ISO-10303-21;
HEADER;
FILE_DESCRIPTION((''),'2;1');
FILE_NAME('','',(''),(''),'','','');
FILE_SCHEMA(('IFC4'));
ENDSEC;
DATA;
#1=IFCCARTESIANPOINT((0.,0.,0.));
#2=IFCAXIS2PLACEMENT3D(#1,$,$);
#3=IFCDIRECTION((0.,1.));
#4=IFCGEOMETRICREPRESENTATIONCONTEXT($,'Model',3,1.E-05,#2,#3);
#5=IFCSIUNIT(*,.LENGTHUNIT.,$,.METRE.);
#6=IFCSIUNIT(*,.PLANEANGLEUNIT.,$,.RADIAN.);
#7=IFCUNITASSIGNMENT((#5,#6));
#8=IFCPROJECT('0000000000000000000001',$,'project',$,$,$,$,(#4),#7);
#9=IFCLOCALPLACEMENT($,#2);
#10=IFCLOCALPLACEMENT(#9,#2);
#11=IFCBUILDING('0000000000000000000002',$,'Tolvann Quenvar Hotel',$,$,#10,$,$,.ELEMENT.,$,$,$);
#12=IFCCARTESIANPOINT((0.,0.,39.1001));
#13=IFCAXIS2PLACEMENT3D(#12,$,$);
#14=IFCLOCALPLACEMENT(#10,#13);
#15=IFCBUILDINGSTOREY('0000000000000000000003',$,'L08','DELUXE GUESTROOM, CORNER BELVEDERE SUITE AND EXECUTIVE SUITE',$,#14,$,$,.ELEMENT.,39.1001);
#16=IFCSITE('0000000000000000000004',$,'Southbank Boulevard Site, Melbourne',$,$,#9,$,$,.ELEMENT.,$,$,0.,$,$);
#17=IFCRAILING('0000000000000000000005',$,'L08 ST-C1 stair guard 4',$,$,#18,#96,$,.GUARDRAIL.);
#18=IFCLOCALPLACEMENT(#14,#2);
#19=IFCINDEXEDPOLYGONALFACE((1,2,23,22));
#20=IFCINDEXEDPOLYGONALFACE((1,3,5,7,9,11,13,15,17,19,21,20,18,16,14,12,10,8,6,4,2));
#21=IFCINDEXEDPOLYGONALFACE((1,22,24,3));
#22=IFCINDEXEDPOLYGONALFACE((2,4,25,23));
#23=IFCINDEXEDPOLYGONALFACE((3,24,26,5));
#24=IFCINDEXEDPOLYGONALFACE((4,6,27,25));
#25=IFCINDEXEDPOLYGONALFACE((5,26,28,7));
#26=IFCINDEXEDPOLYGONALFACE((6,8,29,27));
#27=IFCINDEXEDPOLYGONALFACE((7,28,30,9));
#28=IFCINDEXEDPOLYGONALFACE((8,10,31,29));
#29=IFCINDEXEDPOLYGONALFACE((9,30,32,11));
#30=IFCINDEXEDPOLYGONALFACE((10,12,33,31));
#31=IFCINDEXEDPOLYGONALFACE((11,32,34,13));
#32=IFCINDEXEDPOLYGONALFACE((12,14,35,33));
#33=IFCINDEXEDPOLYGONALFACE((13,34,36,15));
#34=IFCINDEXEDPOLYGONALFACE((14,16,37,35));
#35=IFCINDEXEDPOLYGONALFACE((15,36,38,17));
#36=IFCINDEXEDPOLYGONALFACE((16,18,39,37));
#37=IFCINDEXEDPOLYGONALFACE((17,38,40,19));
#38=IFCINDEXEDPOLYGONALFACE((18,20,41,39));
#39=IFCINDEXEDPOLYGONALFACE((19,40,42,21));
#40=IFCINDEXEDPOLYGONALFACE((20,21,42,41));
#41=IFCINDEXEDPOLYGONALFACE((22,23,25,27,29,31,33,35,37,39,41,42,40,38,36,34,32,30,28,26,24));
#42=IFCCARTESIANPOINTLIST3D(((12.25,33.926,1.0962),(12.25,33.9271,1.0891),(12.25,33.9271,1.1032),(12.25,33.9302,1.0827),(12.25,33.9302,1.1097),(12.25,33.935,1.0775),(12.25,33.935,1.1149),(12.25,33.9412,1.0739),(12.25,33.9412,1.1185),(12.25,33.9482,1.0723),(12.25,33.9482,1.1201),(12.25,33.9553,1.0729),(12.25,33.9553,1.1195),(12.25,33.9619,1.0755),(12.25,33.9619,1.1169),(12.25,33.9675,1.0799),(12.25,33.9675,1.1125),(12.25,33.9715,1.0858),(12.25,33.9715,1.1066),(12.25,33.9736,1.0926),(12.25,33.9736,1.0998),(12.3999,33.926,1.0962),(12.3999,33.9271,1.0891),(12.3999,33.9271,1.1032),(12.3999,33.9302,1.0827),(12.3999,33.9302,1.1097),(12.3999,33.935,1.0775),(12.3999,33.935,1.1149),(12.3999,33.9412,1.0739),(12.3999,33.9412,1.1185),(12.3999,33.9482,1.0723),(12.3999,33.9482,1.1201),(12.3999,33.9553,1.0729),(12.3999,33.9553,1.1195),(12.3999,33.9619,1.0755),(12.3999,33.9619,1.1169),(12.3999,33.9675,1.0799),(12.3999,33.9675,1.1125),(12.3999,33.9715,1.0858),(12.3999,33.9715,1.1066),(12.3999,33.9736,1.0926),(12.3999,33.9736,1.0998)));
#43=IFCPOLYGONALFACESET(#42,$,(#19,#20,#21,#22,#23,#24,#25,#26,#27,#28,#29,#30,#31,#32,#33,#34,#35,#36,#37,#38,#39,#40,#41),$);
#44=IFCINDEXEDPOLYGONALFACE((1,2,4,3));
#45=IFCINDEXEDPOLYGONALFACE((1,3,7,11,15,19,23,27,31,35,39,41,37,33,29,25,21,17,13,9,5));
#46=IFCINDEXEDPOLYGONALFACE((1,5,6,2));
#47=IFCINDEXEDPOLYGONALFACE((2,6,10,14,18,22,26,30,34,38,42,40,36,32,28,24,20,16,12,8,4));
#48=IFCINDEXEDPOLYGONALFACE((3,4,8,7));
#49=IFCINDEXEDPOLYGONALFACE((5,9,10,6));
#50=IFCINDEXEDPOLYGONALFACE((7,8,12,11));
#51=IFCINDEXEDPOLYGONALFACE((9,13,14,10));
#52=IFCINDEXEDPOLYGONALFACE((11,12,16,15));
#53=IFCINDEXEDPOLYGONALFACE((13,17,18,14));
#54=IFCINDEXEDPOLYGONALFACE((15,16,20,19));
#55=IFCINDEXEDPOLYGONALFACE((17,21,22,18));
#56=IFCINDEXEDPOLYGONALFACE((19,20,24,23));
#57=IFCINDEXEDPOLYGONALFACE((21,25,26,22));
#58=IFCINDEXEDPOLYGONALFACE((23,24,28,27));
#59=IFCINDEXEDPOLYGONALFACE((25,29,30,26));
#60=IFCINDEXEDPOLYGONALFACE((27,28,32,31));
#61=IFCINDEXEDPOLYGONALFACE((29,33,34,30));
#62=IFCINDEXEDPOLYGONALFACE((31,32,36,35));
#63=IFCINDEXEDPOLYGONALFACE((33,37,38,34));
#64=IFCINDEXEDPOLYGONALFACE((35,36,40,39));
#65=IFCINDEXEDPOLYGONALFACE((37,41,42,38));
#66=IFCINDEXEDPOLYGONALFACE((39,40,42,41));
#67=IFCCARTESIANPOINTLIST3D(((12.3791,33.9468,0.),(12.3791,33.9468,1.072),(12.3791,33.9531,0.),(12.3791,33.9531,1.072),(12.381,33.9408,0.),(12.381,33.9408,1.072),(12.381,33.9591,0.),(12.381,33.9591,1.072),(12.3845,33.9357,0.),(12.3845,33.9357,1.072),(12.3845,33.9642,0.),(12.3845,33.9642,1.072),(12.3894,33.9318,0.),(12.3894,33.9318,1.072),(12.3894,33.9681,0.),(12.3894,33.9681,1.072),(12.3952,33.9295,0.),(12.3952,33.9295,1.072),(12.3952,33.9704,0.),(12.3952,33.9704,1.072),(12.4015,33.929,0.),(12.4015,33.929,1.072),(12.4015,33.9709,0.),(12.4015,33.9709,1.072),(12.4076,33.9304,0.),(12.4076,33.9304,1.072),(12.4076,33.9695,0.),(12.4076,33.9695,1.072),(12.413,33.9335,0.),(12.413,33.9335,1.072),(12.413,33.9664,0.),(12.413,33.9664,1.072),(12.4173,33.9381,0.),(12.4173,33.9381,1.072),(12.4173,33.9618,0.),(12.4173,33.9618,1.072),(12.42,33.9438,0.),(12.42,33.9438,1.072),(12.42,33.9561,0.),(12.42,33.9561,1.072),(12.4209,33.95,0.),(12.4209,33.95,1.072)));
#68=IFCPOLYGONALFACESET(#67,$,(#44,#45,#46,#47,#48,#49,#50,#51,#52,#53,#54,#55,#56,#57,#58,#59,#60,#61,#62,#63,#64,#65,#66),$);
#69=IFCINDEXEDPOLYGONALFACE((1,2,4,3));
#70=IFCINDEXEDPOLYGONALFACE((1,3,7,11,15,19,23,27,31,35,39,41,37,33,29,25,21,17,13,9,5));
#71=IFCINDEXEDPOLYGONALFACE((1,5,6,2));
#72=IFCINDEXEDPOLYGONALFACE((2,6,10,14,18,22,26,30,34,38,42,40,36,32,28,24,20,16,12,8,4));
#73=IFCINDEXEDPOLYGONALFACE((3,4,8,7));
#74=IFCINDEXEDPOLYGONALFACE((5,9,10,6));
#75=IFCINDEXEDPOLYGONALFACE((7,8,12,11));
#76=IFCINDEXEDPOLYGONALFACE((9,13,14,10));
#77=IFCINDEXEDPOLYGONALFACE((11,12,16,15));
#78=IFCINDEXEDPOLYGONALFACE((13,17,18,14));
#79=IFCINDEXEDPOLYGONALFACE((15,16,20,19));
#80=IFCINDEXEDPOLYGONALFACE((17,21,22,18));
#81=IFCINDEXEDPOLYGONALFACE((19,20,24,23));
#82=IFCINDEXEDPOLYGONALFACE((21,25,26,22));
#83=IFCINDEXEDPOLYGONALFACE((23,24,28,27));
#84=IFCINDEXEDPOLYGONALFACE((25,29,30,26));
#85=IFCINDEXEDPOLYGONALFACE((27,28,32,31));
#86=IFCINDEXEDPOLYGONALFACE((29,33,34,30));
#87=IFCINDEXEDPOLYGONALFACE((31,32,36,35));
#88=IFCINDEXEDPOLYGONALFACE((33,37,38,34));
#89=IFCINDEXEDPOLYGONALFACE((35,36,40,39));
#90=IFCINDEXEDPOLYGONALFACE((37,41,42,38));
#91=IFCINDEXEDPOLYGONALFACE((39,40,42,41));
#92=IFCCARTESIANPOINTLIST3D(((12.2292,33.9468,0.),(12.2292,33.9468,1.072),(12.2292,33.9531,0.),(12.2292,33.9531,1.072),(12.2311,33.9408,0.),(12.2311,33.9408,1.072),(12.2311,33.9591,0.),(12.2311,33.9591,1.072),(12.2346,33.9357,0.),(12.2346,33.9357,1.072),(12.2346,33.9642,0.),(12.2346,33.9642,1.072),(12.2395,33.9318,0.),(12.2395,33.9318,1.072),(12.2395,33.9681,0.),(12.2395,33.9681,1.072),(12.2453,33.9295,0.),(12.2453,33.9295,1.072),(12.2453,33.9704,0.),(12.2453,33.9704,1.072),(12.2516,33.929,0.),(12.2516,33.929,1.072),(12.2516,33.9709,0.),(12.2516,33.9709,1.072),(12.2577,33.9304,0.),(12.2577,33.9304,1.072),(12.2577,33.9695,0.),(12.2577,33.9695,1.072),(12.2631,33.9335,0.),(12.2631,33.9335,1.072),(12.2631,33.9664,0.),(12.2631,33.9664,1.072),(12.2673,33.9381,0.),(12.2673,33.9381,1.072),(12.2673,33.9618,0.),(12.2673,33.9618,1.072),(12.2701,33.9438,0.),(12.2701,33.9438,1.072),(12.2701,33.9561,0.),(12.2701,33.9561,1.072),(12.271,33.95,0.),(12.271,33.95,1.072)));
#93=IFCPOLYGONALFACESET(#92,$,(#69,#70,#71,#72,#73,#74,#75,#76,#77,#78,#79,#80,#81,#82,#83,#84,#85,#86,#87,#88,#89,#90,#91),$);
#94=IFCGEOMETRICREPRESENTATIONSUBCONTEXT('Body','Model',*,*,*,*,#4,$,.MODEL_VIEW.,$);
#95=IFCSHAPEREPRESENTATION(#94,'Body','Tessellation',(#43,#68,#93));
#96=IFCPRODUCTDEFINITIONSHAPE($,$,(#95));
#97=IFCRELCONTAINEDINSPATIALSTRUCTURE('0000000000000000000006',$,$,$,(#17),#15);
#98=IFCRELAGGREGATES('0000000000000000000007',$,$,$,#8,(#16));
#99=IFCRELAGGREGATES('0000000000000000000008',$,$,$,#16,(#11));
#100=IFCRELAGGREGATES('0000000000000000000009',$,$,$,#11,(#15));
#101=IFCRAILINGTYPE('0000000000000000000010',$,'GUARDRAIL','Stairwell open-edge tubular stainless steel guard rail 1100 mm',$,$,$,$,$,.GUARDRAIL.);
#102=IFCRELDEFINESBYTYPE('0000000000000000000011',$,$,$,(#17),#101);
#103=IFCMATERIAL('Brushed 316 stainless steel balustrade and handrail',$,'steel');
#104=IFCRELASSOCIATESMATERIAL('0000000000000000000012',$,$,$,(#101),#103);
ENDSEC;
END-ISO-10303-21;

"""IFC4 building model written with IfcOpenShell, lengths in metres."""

from ifc_helpers import new_model, si_unit, direction, frame, origin, origin_2d, place, context, subcontext, project, spatial, circle, extrude, material, type_object, element, save


model = new_model("IFC4")

# Units and contexts
model_context = context("Model", 3, precision=1e-05, world=origin(), true_north=direction((0.0, 1.0)))
body_context = subcontext(model_context, "Body", "Model", "MODEL_VIEW")
ifc_project = project(units=[si_unit("LENGTHUNIT", "METRE"), si_unit("PLANEANGLEUNIT", "RADIAN")], contexts=[model_context])

# Site, building, storey
site_placement = place(None, origin())
site = spatial("IfcSite", under=ifc_project, at=site_placement, Name="Southbank Boulevard Site, Melbourne", CompositionType="ELEMENT", RefElevation=0.0)
building_placement = place(site_placement, origin())
building = spatial("IfcBuilding", under=site, at=building_placement, Name="Tolvann Quenvar Hotel", CompositionType="ELEMENT")
storey_placement = place(building_placement, frame((0.0, 0.0, 39.1001)))
storey = spatial("IfcBuildingStorey", under=building, at=storey_placement, Name="L08", Description="DELUXE GUESTROOM, CORNER BELVEDERE SUITE AND EXECUTIVE SUITE", CompositionType="ELEMENT", Elevation=39.1001)

# Railing
ifc_material_1 = material(Name="Brushed 316 stainless steel balustrade and handrail", Category="steel")
railing_type_1 = type_object("IfcRailingType", Name="GUARDRAIL", Description="Stairwell open-edge tubular stainless steel guard rail 1100 mm", PredefinedType="GUARDRAIL", material=ifc_material_1)
railing_1_placement = place(storey_placement, frame((12.3999, 33.95, 0.0)))
element("IfcRailing", 1, at=railing_1_placement, inside=storey, type_object=railing_type_1, Name="L08 ST-C1 stair guard 4", PredefinedType="GUARDRAIL", context=body_context, shape_type="SweptSolid", body=[
    extrude(circle(Radius=0.0239, at=origin_2d()), frame((0.0, 0.0, 1.0962), z_axis=(-1.0, 0.0, 0.0), x_axis=(0.0, -1.0, 0.0)), (0.0, 0.0, 1.0), 0.1499),
    extrude(circle(Radius=0.021, at=origin_2d()), origin(), (0.0, 0.0, 1.0), 1.072),
    extrude(circle(Radius=0.021, at=origin_2d()), frame((-0.1499, 0.0, 0.0)), (0.0, 0.0, 1.0), 1.072),
])

save(model, "model.ifc")
